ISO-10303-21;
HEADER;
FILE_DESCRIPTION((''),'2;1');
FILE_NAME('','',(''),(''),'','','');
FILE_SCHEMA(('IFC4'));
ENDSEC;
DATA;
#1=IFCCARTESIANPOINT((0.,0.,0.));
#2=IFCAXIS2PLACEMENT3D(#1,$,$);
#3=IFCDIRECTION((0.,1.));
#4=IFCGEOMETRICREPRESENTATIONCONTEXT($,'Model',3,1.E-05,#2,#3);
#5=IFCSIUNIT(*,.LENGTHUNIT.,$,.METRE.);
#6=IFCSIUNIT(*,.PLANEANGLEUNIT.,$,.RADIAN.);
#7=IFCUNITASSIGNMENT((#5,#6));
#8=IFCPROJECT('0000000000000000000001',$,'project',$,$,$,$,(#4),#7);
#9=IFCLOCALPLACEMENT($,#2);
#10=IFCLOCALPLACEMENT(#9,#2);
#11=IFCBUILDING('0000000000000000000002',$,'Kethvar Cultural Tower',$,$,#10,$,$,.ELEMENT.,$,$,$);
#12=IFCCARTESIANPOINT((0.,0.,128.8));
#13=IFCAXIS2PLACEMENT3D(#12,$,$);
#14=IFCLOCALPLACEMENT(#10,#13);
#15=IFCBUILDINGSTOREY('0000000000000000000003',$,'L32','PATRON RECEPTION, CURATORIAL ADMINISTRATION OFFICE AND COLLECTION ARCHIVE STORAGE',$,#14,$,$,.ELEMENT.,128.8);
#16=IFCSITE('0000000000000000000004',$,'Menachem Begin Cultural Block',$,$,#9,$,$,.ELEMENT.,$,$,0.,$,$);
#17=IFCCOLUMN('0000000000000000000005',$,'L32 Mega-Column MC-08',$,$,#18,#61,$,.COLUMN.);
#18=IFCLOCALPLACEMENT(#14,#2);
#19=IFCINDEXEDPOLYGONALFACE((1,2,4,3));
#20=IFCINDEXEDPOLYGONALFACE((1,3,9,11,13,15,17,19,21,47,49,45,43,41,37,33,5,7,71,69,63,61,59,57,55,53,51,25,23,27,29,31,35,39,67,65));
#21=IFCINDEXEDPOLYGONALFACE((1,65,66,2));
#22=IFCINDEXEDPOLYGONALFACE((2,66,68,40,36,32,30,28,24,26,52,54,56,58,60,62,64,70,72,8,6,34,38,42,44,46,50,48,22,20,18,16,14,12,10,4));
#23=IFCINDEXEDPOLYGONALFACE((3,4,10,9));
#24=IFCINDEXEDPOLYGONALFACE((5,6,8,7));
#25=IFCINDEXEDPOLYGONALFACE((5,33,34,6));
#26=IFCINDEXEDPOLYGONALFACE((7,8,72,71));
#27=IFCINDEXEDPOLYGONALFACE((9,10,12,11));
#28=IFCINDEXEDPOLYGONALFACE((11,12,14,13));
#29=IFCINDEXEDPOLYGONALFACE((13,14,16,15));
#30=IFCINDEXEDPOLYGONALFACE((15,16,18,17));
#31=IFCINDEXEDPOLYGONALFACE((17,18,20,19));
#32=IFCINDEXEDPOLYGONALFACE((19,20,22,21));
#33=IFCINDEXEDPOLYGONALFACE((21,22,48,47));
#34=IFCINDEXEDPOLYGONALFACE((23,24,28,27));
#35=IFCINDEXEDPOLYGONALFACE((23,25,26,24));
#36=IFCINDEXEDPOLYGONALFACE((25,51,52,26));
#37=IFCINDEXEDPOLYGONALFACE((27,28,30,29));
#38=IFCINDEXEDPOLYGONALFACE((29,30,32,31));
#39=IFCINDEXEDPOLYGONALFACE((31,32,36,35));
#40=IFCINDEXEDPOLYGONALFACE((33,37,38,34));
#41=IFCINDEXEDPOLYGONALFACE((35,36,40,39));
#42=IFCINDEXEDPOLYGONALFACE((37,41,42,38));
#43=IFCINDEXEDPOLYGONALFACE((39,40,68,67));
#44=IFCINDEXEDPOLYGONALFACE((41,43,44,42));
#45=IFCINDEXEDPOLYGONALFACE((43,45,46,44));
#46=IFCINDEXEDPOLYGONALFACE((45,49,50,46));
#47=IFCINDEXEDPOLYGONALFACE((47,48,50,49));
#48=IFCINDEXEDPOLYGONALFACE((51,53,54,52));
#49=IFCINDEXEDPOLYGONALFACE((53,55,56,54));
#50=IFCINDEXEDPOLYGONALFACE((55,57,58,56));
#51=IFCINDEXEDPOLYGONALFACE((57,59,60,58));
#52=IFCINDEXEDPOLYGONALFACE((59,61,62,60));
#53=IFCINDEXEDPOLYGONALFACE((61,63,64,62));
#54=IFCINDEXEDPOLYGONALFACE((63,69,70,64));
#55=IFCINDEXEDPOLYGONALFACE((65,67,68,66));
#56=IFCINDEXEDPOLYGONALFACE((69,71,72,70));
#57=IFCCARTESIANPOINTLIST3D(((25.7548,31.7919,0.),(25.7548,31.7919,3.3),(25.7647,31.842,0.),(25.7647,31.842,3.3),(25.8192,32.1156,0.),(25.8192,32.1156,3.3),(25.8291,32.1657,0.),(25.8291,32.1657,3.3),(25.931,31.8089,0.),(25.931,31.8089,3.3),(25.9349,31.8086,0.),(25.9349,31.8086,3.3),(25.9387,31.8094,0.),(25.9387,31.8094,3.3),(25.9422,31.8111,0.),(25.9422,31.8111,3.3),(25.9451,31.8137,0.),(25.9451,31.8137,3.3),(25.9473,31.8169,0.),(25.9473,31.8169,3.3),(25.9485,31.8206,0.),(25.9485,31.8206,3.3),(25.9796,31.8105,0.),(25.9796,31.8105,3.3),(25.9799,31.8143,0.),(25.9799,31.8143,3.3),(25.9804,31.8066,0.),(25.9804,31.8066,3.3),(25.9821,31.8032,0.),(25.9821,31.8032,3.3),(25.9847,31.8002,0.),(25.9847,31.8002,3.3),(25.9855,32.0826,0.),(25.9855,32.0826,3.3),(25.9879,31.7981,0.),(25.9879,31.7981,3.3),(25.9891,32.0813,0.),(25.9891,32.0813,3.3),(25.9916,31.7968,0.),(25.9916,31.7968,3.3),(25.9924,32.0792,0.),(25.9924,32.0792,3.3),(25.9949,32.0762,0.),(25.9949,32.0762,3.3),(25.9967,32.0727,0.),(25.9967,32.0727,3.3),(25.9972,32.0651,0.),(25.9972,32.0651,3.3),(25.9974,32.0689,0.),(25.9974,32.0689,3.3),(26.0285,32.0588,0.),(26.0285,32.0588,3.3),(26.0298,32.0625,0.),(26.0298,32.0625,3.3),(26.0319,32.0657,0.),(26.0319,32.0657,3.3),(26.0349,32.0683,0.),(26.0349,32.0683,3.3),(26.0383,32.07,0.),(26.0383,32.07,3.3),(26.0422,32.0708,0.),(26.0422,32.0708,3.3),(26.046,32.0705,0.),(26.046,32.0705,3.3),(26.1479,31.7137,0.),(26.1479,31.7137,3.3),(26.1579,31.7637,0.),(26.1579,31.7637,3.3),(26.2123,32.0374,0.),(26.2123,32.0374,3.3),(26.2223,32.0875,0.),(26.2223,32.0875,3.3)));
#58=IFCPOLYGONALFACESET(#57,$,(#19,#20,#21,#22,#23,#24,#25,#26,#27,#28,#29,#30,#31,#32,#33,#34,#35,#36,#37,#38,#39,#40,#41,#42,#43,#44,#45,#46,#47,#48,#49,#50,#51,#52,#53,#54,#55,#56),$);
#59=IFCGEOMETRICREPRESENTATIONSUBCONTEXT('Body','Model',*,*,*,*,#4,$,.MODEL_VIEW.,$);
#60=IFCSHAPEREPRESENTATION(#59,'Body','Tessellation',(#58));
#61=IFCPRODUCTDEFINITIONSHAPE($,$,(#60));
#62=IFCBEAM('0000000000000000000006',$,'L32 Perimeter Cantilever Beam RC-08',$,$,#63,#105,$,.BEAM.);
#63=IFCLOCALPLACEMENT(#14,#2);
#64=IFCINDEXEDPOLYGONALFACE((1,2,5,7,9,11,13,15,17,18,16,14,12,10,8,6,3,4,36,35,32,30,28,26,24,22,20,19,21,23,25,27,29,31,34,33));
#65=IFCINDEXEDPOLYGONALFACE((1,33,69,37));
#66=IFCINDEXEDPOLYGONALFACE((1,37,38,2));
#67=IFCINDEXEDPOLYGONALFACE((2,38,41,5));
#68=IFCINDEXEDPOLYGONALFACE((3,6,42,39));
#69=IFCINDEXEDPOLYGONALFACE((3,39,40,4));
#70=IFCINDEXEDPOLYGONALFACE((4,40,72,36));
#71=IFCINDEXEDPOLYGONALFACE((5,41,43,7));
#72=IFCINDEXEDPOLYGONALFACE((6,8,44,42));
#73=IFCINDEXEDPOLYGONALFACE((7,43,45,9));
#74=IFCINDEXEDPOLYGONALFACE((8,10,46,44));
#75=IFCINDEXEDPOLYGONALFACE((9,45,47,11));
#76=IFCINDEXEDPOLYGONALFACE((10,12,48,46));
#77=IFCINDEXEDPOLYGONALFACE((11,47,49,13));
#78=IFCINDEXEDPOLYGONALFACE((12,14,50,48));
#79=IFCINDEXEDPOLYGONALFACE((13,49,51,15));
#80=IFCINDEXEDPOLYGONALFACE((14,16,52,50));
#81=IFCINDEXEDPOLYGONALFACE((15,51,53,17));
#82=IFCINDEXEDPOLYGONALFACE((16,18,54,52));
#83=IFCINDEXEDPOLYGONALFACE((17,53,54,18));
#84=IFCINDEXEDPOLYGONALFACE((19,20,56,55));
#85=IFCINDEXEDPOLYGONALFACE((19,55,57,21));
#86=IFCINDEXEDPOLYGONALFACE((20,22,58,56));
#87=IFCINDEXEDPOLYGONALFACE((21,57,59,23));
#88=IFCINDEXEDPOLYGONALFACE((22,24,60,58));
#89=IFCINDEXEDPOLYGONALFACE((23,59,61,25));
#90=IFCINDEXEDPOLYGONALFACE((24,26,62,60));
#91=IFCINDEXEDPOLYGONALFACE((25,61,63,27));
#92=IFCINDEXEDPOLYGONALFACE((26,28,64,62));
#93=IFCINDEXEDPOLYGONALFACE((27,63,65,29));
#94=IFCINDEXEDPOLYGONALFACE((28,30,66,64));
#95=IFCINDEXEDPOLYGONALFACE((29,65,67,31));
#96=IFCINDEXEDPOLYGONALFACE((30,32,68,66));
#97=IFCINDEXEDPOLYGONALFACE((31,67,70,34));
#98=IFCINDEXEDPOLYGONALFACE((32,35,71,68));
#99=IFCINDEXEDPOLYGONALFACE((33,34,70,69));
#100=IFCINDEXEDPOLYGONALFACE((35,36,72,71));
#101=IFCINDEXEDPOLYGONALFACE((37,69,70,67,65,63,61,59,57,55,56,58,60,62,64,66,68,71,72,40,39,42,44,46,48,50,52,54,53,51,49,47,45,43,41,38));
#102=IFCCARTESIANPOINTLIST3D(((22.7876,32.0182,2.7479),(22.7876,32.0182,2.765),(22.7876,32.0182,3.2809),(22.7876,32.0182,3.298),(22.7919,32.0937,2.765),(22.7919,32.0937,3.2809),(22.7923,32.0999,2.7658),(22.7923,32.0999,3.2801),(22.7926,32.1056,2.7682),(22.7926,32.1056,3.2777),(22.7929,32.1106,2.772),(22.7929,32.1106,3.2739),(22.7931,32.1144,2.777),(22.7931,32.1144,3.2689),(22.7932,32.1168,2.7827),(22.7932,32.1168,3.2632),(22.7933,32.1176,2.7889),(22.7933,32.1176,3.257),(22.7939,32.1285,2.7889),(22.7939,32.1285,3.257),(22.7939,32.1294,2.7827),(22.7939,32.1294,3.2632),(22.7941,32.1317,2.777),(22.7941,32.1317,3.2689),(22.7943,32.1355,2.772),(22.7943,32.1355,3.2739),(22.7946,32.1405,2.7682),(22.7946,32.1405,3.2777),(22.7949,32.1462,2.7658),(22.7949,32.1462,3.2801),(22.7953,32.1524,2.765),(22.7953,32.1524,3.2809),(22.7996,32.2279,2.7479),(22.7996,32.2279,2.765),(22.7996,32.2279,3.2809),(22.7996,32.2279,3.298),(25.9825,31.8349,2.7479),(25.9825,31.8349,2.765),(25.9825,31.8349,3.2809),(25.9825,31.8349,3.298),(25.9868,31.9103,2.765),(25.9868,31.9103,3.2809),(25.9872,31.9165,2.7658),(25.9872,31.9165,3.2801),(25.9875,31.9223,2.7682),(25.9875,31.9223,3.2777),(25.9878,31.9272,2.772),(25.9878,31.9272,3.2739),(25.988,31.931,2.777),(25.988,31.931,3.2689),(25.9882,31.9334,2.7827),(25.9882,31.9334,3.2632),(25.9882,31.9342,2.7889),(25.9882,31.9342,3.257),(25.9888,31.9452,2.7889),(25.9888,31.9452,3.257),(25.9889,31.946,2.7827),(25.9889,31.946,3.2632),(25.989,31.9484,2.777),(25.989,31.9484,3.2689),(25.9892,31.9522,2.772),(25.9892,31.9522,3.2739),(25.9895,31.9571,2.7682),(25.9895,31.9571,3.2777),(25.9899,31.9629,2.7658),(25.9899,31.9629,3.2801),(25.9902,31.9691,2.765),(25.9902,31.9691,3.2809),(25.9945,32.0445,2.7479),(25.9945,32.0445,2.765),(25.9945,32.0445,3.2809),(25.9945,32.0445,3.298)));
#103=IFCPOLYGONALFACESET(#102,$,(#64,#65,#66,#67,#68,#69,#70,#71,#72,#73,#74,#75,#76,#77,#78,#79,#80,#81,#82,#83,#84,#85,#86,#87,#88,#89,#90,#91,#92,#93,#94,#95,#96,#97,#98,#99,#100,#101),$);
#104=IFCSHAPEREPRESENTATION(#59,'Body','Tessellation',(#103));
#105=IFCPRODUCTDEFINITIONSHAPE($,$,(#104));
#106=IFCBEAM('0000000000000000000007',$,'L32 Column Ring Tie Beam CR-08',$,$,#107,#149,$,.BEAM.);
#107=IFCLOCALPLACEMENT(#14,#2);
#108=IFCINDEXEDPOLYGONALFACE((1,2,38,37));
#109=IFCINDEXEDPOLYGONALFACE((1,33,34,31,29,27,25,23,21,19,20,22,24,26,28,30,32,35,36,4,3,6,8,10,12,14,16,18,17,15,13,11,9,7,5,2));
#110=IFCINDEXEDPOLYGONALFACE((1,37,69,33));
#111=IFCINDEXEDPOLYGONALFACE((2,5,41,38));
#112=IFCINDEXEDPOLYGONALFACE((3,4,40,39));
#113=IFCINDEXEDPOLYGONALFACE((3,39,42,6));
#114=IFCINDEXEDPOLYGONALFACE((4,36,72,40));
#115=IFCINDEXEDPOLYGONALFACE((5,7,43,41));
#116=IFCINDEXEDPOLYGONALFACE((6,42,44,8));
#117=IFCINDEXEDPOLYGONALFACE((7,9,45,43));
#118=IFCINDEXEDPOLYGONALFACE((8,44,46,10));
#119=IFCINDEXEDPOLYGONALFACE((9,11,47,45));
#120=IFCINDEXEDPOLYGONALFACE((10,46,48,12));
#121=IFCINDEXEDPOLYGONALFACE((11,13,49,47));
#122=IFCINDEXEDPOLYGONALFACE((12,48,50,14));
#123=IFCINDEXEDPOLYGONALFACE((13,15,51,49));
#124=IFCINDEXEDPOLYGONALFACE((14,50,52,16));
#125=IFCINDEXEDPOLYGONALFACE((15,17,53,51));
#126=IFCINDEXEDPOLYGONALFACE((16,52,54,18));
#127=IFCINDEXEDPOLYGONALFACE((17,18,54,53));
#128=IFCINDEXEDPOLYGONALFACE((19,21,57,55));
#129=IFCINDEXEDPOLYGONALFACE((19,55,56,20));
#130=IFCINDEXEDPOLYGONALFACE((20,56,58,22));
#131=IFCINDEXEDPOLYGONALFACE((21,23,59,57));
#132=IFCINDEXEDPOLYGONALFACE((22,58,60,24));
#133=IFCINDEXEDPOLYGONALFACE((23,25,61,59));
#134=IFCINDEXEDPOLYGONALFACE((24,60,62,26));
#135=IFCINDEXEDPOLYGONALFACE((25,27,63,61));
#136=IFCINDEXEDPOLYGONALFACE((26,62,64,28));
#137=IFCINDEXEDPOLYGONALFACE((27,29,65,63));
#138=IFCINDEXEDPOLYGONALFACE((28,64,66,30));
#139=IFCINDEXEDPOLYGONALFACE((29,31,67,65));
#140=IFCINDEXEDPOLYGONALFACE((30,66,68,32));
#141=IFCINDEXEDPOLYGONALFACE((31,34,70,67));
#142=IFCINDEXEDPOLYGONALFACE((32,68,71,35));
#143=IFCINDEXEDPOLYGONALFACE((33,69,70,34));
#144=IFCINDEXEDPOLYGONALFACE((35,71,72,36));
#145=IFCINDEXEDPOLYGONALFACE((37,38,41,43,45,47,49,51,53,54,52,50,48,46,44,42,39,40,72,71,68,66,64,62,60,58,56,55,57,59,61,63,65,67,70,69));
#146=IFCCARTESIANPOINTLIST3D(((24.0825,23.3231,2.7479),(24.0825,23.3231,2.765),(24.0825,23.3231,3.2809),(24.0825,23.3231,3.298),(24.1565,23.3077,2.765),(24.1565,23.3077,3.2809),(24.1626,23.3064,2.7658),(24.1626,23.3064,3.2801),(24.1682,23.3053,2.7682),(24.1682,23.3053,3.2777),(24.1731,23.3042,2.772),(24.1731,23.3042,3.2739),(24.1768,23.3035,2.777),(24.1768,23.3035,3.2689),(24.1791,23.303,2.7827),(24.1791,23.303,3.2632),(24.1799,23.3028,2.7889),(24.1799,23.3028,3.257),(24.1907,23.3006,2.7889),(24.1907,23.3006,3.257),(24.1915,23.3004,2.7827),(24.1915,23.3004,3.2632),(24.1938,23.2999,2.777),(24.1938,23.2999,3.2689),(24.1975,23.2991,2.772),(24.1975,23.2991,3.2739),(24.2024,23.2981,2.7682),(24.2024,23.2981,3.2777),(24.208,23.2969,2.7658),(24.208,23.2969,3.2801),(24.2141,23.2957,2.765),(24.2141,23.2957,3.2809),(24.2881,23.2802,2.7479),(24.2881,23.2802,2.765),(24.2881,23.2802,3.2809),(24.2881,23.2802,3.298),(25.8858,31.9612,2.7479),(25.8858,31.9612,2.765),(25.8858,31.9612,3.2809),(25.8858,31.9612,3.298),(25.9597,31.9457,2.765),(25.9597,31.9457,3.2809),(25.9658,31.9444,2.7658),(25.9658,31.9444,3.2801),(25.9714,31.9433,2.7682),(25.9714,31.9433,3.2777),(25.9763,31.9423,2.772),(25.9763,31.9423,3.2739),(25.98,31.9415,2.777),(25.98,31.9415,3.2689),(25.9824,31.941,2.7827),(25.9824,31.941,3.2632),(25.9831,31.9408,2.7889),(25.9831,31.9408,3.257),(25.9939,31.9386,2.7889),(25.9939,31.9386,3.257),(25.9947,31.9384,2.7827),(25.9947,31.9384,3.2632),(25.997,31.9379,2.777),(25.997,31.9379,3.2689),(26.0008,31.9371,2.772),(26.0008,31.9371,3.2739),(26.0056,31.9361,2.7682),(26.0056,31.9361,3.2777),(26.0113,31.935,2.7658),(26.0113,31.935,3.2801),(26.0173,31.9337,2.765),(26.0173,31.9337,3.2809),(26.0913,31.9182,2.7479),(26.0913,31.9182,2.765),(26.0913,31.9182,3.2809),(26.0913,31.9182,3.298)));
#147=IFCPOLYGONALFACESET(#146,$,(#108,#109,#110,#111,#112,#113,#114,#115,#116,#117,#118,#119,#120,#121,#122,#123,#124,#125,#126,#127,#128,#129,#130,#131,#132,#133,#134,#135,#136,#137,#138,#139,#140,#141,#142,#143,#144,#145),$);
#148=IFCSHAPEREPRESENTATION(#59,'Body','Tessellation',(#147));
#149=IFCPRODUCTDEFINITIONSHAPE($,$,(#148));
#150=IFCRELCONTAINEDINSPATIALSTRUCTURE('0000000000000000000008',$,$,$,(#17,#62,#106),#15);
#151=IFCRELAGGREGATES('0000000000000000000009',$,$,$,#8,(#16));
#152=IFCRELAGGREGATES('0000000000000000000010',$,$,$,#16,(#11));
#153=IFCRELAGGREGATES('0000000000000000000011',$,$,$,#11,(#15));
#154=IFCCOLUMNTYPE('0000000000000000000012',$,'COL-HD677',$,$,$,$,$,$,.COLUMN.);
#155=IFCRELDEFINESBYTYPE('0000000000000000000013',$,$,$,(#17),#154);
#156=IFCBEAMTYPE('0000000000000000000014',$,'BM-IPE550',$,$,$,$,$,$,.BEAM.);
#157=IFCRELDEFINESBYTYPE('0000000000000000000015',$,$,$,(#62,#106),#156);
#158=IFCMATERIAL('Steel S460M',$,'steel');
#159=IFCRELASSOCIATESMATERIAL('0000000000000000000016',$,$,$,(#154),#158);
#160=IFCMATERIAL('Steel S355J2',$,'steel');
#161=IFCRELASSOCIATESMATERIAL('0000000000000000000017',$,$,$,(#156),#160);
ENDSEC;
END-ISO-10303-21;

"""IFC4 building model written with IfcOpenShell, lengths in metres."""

from ifc_helpers import new_model, si_unit, direction, frame, origin, origin_2d, place, context, subcontext, project, spatial, i_section, extrude, source, transform, mapped, material, material_profile, profile_set, type_object, element, save


model = new_model("IFC4")

# Units and contexts
model_context = context("Model", 3, precision=1e-05, world=origin(), true_north=direction((0.0, 1.0)))
body_context = subcontext(model_context, "Body", "Model", "MODEL_VIEW")
ifc_project = project(units=[si_unit("LENGTHUNIT", "METRE"), si_unit("PLANEANGLEUNIT", "RADIAN")], contexts=[model_context])

# Site, building, storey
site_placement = place(None, origin())
site = spatial("IfcSite", under=ifc_project, at=site_placement, Name="Menachem Begin Cultural Block", CompositionType="ELEMENT", RefElevation=0.0)
building_placement = place(site_placement, origin())
building = spatial("IfcBuilding", under=site, at=building_placement, Name="Kethvar Cultural Tower", CompositionType="ELEMENT")
storey_placement = place(building_placement, frame((0.0, 0.0, 128.8)))
storey = spatial("IfcBuildingStorey", under=building, at=storey_placement, Name="L32", Description="PATRON RECEPTION, CURATORIAL ADMINISTRATION OFFICE AND COLLECTION ARCHIVE STORAGE", CompositionType="ELEMENT", Elevation=128.8)

# Column
ifc_material_1 = material(Name="Steel S460M", Category="steel")
ifc_material_profile_1 = material_profile(ifc_material_1, i_section(OverallWidth=0.4009, OverallDepth=0.3811, WebThickness=0.032, FlangeThickness=0.051, FilletRadius=0.0149, at=origin_2d()), Name="Steel S460M — HD400x677")
ifc_profile_set_1 = profile_set([ifc_material_profile_1], Name="Steel S460M — HD400x677")
column_type = type_object("IfcColumnType", Name="COL-HD677", PredefinedType="COLUMN", material=ifc_profile_set_1)
shared_shape_1 = source(origin(), body_context, "Body", "SweptSolid", [
    extrude(i_section(OverallWidth=0.4009, OverallDepth=0.3811, WebThickness=0.032, FlangeThickness=0.051, FilletRadius=0.0149, at=origin_2d()), origin(), (0.0, 0.0, 1.0), 3.3),
])
column_placement = place(storey_placement, frame((25.9885, 31.9397, 0.0), z_axis=(0.0, 0.0, 1.0), x_axis=(-0.980785, 0.19509, 0.0)))
element("IfcColumn", 1, at=column_placement, inside=storey, type_object=column_type, Name="L32 Mega-Column MC-08", PredefinedType="COLUMN", context=body_context, shape_type="MappedRepresentation", body=[
    mapped(shared_shape_1, transform((0.0, 0.0, 0.0), scale=1.0)),
])

# Beams
ifc_material_2 = material(Name="Steel S355J2", Category="steel")
ifc_material_profile_2 = material_profile(ifc_material_2, i_section(OverallWidth=0.21, OverallDepth=0.55, WebThickness=0.011, FlangeThickness=0.0171, FilletRadius=0.0239, at=origin_2d()), Name="Steel S355J2 — IPE550")
ifc_profile_set_2 = profile_set([ifc_material_profile_2], Name="Steel S355J2 — IPE550")
beam_type_1 = type_object("IfcBeamType", Name="BM-IPE550", PredefinedType="BEAM", material=ifc_profile_set_2)
shared_shape_2 = source(origin(), body_context, "Body", "SweptSolid", [
    extrude(i_section(OverallWidth=0.21, OverallDepth=0.55, WebThickness=0.011, FlangeThickness=0.0171, FilletRadius=0.0239, at=origin_2d()), origin(), (0.0, 0.0, 1.0), 3.2002),
])
beam_1_placement = place(storey_placement, frame((25.9885, 31.9397, 3.0229), z_axis=(-0.998357, 0.057295, 0.0), x_axis=(-0.057295, -0.998357, 0.0)))
element("IfcBeam", 2, at=beam_1_placement, inside=storey, type_object=beam_type_1, Name="L32 Perimeter Cantilever Beam RC-08", PredefinedType="BEAM", context=body_context, shape_type="MappedRepresentation", body=[
    mapped(shared_shape_2, transform((0.0, 0.0, 0.0), scale=1.0)),
])
shared_shape_3 = source(origin(), body_context, "Body", "SweptSolid", [
    extrude(i_section(OverallWidth=0.21, OverallDepth=0.55, WebThickness=0.011, FlangeThickness=0.0171, FilletRadius=0.0239, at=origin_2d()), origin(), (0.0, 0.0, 1.0), 8.8242),
])
beam_2_placement = place(storey_placement, frame((25.9885, 31.9397, 3.0229), z_axis=(-0.204351, -0.978898, 0.0), x_axis=(0.978898, -0.204351, 0.0)))
element("IfcBeam", 3, at=beam_2_placement, inside=storey, type_object=beam_type_1, Name="L32 Column Ring Tie Beam CR-08", PredefinedType="BEAM", context=body_context, shape_type="MappedRepresentation", body=[
    mapped(shared_shape_3, transform((0.0, 0.0, 0.0), scale=1.0)),
])

save(model, "model.ifc")
